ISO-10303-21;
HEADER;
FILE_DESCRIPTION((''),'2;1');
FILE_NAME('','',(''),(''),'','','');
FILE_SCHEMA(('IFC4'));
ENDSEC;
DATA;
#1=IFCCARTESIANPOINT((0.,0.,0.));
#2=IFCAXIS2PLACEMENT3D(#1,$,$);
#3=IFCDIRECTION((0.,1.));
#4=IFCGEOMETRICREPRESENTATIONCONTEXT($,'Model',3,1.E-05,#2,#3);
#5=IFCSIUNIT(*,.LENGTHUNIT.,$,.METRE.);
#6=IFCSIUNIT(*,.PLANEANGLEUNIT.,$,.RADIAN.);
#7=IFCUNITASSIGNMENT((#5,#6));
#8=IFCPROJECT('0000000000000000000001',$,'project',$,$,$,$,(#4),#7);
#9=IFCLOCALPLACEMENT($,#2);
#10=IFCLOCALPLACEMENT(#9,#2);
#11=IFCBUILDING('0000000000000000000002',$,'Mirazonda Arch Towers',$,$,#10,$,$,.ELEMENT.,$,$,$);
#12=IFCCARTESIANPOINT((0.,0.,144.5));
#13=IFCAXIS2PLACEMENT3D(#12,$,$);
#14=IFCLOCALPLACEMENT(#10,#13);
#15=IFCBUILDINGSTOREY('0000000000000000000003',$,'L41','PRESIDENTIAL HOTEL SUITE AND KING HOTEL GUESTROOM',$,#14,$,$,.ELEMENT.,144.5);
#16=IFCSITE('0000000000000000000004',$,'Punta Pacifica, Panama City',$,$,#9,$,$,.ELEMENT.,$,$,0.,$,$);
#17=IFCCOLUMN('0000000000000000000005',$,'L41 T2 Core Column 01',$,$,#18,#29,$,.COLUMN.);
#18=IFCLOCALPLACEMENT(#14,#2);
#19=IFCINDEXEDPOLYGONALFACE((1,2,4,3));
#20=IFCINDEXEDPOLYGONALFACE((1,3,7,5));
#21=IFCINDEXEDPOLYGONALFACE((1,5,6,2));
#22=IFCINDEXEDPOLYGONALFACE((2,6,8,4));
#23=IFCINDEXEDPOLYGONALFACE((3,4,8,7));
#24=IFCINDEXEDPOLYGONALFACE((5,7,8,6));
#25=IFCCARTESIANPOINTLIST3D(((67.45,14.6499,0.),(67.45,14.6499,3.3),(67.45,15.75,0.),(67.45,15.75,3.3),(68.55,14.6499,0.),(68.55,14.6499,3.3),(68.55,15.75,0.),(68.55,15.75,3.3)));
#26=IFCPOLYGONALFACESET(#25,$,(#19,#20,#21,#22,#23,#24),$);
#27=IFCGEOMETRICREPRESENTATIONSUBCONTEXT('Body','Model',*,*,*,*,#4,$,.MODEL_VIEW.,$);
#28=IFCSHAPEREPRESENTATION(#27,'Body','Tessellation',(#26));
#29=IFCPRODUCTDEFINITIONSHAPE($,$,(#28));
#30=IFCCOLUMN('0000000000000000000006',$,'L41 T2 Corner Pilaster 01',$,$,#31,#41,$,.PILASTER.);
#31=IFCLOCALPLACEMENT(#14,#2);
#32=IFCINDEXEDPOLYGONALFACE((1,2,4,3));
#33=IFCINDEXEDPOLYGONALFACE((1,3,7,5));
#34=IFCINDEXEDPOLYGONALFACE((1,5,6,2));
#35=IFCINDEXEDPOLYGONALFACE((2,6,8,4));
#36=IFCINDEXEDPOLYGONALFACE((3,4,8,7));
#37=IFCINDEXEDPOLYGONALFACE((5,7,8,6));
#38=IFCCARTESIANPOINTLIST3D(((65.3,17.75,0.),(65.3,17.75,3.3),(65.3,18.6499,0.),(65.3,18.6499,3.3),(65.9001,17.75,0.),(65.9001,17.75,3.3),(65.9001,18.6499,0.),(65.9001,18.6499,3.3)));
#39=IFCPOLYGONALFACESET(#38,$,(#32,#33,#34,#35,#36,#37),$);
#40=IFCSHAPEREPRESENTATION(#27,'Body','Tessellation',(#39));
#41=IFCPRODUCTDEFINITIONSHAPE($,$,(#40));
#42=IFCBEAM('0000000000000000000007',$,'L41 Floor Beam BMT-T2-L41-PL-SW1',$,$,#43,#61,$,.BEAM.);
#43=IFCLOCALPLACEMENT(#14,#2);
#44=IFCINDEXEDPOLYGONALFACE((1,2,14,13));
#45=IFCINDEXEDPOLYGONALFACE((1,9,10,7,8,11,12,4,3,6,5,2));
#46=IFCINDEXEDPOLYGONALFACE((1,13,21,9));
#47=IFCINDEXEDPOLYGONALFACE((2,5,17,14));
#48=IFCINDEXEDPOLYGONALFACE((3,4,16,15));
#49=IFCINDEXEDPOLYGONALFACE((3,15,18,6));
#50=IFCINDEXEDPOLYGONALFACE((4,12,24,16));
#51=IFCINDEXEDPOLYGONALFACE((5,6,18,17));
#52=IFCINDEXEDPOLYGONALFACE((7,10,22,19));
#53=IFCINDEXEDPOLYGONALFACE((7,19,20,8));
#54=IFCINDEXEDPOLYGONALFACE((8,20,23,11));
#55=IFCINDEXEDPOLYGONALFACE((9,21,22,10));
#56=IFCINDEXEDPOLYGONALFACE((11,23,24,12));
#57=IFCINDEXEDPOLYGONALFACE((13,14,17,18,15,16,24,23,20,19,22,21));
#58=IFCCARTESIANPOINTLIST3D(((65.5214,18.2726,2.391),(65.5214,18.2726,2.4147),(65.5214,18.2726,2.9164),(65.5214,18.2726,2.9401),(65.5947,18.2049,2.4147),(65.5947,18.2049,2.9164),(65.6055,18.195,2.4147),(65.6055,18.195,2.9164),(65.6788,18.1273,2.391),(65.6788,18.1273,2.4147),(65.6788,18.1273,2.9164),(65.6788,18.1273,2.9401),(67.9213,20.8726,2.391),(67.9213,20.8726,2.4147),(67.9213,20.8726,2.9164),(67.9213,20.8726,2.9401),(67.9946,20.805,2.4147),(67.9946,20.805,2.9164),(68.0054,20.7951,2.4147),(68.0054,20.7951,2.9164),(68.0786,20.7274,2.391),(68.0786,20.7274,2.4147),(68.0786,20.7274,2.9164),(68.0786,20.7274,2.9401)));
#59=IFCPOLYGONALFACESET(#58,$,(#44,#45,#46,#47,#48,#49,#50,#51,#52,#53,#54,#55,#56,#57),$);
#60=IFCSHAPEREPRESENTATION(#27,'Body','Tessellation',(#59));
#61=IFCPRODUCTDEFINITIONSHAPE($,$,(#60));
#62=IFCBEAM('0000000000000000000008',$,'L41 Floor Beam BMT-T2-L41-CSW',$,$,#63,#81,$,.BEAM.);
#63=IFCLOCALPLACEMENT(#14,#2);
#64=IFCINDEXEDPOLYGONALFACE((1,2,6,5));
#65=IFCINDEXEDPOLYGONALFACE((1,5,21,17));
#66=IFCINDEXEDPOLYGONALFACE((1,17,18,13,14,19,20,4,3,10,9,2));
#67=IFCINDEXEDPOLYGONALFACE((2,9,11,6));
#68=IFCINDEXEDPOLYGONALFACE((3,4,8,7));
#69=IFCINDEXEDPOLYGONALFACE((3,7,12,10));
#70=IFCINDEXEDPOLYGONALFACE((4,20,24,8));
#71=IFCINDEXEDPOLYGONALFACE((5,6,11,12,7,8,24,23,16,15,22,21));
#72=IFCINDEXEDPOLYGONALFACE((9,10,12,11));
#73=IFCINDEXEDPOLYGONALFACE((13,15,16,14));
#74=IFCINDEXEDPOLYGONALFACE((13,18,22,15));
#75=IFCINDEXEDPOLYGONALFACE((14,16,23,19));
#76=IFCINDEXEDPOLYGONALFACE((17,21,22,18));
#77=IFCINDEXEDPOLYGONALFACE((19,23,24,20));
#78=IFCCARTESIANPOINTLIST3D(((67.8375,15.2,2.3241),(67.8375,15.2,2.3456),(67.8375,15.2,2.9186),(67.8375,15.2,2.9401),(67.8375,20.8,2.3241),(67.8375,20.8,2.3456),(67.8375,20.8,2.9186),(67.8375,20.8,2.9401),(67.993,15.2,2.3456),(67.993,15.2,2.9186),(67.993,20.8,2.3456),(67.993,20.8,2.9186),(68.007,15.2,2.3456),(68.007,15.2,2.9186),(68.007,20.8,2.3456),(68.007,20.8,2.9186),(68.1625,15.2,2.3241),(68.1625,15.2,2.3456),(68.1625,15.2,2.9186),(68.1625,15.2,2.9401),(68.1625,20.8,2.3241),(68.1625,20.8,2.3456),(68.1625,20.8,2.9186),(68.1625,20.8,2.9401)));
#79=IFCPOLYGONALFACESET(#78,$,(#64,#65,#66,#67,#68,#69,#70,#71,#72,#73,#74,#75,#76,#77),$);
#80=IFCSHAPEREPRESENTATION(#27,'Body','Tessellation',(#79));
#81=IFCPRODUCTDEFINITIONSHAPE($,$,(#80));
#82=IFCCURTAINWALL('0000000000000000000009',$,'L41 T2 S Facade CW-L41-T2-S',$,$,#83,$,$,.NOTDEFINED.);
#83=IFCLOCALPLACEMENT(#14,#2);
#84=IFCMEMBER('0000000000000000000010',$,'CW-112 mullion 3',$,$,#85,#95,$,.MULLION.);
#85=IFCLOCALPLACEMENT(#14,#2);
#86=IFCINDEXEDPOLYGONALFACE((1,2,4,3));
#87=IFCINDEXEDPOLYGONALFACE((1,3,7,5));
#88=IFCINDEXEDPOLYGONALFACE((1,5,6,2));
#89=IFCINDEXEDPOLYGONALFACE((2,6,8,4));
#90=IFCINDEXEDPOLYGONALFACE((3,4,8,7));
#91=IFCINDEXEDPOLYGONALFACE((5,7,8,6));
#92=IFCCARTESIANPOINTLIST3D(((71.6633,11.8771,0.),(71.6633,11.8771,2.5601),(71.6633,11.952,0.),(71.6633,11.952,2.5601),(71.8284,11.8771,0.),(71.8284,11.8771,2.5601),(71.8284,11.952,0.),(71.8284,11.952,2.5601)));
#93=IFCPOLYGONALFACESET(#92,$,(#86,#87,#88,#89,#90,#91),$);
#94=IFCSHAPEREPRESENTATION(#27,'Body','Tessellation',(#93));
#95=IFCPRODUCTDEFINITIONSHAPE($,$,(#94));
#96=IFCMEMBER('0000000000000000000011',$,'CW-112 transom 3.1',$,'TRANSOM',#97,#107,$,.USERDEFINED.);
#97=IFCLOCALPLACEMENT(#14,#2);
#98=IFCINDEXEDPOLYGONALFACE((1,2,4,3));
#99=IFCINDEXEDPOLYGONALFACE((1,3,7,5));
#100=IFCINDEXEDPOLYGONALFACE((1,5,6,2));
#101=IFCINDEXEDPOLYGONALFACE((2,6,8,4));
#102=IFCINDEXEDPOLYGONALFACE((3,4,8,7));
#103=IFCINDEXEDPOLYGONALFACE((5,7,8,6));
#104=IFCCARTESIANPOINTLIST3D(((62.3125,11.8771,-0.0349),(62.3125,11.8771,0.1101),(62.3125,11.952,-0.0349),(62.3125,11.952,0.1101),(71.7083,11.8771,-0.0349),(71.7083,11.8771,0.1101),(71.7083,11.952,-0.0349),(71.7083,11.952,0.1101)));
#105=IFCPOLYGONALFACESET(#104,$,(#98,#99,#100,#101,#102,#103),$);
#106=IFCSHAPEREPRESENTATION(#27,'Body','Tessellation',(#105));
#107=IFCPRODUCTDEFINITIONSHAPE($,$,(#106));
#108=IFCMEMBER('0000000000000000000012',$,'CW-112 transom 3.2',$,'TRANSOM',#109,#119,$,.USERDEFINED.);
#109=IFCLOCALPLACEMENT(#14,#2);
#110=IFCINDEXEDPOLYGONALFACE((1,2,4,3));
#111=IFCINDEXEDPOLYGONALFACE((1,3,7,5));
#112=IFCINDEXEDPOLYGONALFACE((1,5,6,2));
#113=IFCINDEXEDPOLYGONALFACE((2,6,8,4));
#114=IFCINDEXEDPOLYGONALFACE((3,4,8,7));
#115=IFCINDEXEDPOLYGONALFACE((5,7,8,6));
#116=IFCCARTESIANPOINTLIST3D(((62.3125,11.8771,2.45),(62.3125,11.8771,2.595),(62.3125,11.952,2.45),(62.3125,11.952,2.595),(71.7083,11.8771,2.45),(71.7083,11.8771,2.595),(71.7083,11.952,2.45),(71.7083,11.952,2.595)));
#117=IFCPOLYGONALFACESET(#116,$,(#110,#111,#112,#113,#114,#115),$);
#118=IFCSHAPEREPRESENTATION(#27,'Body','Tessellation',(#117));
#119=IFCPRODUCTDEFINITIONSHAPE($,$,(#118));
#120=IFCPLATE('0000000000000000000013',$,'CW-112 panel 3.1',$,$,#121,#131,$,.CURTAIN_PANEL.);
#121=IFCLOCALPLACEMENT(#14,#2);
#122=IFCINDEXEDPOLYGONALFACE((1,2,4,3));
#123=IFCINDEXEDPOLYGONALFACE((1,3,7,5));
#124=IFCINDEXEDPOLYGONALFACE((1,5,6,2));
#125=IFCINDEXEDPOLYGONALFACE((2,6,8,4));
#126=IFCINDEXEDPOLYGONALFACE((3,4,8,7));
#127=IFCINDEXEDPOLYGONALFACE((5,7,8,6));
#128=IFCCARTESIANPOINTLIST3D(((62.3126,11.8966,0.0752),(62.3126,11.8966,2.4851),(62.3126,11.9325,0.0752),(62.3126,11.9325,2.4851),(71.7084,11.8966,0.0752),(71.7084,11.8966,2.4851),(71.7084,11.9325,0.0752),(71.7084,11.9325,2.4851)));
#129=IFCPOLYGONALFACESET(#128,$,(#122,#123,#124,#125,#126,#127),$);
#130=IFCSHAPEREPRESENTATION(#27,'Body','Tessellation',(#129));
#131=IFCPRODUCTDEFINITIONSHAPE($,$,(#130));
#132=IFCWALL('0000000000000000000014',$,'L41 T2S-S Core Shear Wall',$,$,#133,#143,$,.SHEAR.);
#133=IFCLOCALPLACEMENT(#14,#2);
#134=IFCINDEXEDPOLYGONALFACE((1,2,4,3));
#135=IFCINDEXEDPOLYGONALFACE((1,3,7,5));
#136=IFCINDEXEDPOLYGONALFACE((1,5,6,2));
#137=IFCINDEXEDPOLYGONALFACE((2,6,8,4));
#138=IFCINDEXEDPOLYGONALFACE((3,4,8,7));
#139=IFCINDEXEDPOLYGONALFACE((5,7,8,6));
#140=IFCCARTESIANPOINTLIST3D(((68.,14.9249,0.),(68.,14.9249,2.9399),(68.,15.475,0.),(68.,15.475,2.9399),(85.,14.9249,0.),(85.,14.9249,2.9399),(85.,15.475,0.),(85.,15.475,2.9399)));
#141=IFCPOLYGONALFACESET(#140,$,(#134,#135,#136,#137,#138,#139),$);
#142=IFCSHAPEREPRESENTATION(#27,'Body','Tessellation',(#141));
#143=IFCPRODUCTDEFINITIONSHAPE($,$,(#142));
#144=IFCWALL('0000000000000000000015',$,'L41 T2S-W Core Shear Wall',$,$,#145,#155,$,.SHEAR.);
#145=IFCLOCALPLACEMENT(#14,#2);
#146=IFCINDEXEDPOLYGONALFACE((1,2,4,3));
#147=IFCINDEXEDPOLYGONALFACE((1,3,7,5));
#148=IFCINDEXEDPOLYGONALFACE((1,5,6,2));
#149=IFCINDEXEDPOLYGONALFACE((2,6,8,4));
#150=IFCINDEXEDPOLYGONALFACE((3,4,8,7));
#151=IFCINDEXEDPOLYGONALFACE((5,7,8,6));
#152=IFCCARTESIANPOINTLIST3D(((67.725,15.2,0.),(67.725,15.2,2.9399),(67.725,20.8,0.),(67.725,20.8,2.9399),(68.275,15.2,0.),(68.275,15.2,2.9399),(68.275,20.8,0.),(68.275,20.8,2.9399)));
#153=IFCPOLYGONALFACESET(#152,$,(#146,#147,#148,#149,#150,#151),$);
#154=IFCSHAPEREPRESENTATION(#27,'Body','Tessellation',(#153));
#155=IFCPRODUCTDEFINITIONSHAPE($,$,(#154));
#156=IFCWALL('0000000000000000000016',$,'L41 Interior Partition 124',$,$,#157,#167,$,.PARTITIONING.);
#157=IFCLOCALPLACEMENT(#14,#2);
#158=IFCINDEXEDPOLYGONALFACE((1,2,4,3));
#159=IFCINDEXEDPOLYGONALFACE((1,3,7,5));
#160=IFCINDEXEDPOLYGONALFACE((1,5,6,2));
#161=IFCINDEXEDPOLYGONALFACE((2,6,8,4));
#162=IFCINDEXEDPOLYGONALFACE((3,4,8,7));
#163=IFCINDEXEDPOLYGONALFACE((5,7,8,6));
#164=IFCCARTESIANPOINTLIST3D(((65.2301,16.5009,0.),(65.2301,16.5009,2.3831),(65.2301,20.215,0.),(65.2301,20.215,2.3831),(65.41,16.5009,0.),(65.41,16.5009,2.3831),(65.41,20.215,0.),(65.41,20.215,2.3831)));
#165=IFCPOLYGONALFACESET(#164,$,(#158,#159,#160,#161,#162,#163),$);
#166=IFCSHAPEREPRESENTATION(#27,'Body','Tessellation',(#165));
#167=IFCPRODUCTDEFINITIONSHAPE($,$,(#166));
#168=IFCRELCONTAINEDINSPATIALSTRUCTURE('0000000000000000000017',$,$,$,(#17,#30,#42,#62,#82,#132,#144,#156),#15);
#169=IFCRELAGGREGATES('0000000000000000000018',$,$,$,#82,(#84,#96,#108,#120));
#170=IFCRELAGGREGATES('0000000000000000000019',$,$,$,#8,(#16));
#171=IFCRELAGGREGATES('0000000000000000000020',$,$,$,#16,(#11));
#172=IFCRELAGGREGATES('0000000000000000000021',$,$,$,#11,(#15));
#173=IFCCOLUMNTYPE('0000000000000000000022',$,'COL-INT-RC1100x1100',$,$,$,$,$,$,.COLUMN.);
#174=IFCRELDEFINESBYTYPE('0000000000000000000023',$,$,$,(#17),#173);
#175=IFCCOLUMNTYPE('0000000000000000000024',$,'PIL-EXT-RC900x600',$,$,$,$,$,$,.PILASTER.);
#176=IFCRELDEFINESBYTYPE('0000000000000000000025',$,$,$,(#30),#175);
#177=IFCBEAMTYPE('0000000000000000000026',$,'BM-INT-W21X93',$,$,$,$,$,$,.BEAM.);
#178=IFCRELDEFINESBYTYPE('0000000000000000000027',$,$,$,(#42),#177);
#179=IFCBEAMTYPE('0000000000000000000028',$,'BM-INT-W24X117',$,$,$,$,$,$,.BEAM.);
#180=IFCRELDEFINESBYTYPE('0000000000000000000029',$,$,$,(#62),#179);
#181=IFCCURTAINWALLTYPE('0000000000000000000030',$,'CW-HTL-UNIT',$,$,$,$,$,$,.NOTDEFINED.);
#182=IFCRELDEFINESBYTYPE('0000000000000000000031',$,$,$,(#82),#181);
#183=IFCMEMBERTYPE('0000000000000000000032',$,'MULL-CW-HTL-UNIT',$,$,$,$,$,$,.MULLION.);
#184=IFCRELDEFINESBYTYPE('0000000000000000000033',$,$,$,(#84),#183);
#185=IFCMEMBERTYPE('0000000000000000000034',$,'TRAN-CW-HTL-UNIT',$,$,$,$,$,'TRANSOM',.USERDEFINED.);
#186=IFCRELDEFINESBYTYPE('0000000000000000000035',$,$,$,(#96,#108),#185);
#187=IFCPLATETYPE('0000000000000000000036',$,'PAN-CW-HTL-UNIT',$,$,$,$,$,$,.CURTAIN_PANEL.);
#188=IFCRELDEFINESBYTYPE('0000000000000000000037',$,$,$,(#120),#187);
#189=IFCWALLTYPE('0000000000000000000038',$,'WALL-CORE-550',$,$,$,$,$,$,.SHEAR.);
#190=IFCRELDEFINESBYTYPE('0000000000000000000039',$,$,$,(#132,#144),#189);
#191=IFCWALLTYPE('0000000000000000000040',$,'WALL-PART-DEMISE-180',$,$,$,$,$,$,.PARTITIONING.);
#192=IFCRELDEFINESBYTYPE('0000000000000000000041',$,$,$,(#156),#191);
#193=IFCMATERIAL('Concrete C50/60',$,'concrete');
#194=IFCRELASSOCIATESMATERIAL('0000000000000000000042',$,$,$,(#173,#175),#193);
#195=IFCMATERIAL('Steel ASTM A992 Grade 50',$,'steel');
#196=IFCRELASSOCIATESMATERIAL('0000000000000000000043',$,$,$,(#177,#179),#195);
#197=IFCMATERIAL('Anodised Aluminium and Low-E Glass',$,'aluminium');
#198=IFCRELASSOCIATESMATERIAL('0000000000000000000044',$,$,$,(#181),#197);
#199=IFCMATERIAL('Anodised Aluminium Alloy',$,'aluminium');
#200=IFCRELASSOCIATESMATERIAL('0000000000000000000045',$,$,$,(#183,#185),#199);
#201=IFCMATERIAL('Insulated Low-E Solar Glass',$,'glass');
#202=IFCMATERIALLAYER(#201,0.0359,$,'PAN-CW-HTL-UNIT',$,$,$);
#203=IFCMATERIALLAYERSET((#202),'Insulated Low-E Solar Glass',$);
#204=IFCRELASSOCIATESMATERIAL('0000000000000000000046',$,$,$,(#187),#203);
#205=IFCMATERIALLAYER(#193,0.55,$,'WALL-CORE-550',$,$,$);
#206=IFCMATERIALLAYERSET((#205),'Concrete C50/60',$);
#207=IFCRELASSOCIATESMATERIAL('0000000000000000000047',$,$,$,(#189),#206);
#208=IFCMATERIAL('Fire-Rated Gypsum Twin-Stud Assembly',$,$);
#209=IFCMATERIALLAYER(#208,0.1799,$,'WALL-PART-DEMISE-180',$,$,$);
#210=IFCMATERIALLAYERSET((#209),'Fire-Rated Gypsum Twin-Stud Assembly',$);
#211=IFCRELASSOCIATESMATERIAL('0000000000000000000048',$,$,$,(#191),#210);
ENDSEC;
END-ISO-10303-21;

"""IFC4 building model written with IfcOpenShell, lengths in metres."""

from ifc_helpers import new_model, si_unit, direction, frame, frame_2d, origin, origin_2d, place, context, subcontext, project, spatial, rectangle, i_section, extrude, material, layer, layer_set, material_profile, profile_set, type_object, element, aggregate, save


model = new_model("IFC4")

# Units and contexts
model_context = context("Model", 3, precision=1e-05, world=origin(), true_north=direction((0.0, 1.0)))
body_context = subcontext(model_context, "Body", "Model", "MODEL_VIEW")
ifc_project = project(units=[si_unit("LENGTHUNIT", "METRE"), si_unit("PLANEANGLEUNIT", "RADIAN")], contexts=[model_context])

# Site, building, storey
site_placement = place(None, origin())
site = spatial("IfcSite", under=ifc_project, at=site_placement, Name="Punta Pacifica, Panama City", CompositionType="ELEMENT", RefElevation=0.0)
building_placement = place(site_placement, origin())
building = spatial("IfcBuilding", under=site, at=building_placement, Name="Mirazonda Arch Towers", CompositionType="ELEMENT")
storey_placement = place(building_placement, frame((0.0, 0.0, 144.5)))
storey = spatial("IfcBuildingStorey", under=building, at=storey_placement, Name="L41", Description="PRESIDENTIAL HOTEL SUITE AND KING HOTEL GUESTROOM", CompositionType="ELEMENT", Elevation=144.5)

# Columns
ifc_material_1 = material(Name="Concrete C50/60", Category="concrete")
ifc_material_profile_1 = material_profile(ifc_material_1, rectangle(XDim=1.1001, YDim=1.1001, at=origin_2d()), Name="RC1100x1100")
ifc_profile_set_1 = profile_set([ifc_material_profile_1], Name="Concrete C50/60")
column_type_1 = type_object("IfcColumnType", Name="COL-INT-RC1100x1100", PredefinedType="COLUMN", material=ifc_profile_set_1)
column_1_placement = place(storey_placement, frame((68.0, 15.2, 0.0), z_axis=(0.0, 0.0, 1.0), x_axis=(1.0, 0.0, 0.0)))
element("IfcColumn", 1, at=column_1_placement, inside=storey, type_object=column_type_1, Name="L41 T2 Core Column 01", PredefinedType="COLUMN", context=body_context, shape_type="SweptSolid", body=[
    extrude(rectangle(XDim=1.1001, YDim=1.1001, at=origin_2d()), origin(), (0.0, 0.0, 1.0), 3.3),
])
ifc_material_profile_2 = material_profile(ifc_material_1, rectangle(XDim=0.6001, YDim=0.8999, at=origin_2d()), Name="RC900x600")
ifc_profile_set_2 = profile_set([ifc_material_profile_2], Name="Concrete C50/60")
column_type_2 = type_object("IfcColumnType", Name="PIL-EXT-RC900x600", PredefinedType="PILASTER", material=ifc_profile_set_2)
column_2_placement = place(storey_placement, frame((65.6001, 18.2, 0.0), z_axis=(0.0, 0.0, 1.0), x_axis=(1.0, 0.0, 0.0)))
element("IfcColumn", 2, at=column_2_placement, inside=storey, type_object=column_type_2, Name="L41 T2 Corner Pilaster 01", PredefinedType="PILASTER", context=body_context, shape_type="SweptSolid", body=[
    extrude(rectangle(XDim=0.6001, YDim=0.8999, at=origin_2d()), origin(), (0.0, 0.0, 1.0), 3.3),
])

# Beams
ifc_material_2 = material(Name="Steel ASTM A992 Grade 50", Category="steel")
ifc_material_profile_3 = material_profile(ifc_material_2, i_section(OverallWidth=0.2141, OverallDepth=0.5491, WebThickness=0.0146, FlangeThickness=0.0237, at=origin_2d()), Name="W21X93")
ifc_profile_set_3 = profile_set([ifc_material_profile_3], Name="Steel ASTM A992 Grade 50")
beam_type_1 = type_object("IfcBeamType", Name="BM-INT-W21X93", PredefinedType="BEAM", material=ifc_profile_set_3)
beam_1_placement = place(storey_placement, frame((65.6001, 18.2, 2.6655), z_axis=(0.678251, 0.73483, 0.0), x_axis=(-0.73483, 0.678251, 0.0)))
element("IfcBeam", 3, at=beam_1_placement, inside=storey, type_object=beam_type_1, Name="L41 Floor Beam BMT-T2-L41-PL-SW1", PredefinedType="BEAM", context=body_context, shape_type="SweptSolid", body=[
    extrude(i_section(OverallWidth=0.2141, OverallDepth=0.5491, WebThickness=0.0146, FlangeThickness=0.0237, at=origin_2d()), origin(), (0.0, 0.0, 1.0), 3.5383),
])
ifc_material_profile_4 = material_profile(ifc_material_2, i_section(OverallWidth=0.325, OverallDepth=0.616, WebThickness=0.0139, FlangeThickness=0.0215, at=origin_2d()), Name="W24X117")
ifc_profile_set_4 = profile_set([ifc_material_profile_4], Name="Steel ASTM A992 Grade 50")
beam_type_2 = type_object("IfcBeamType", Name="BM-INT-W24X117", PredefinedType="BEAM", material=ifc_profile_set_4)
beam_2_placement = place(storey_placement, frame((68.0, 15.2, 2.6321), z_axis=(0.0, 1.0, 0.0), x_axis=(-1.0, 0.0, 0.0)))
element("IfcBeam", 4, at=beam_2_placement, inside=storey, type_object=beam_type_2, Name="L41 Floor Beam BMT-T2-L41-CSW", PredefinedType="BEAM", context=body_context, shape_type="SweptSolid", body=[
    extrude(i_section(OverallWidth=0.325, OverallDepth=0.616, WebThickness=0.0139, FlangeThickness=0.0215, at=origin_2d()), origin(), (0.0, 0.0, 1.0), 5.6001),
])

# Curtain wall, members, plate
ifc_material_3 = material(Name="Anodised Aluminium and Low-E Glass", Category="aluminium")
curtain_wall_type = type_object("IfcCurtainWallType", Name="CW-HTL-UNIT", PredefinedType="NOTDEFINED", material=ifc_material_3)
curtain_wall_placement = place(storey_placement, origin())
curtain_wall = element("IfcCurtainWall", 5, at=curtain_wall_placement, inside=storey, type_object=curtain_wall_type, Name="L41 T2 S Facade CW-L41-T2-S", PredefinedType="NOTDEFINED")
ifc_material_4 = material(Name="Anodised Aluminium Alloy", Category="aluminium")
ifc_material_profile_5 = material_profile(ifc_material_4, rectangle(XDim=0.075, YDim=0.165, at=origin_2d()), Name="ALU-MULL-75x165")
ifc_profile_set_5 = profile_set([ifc_material_profile_5], Name="Anodised Aluminium Alloy")
member_type_1 = type_object("IfcMemberType", Name="MULL-CW-HTL-UNIT", PredefinedType="MULLION", material=ifc_profile_set_5)
member_1_placement = place(storey_placement, frame((71.7458, 11.9146, 0.0), z_axis=(0.0, 0.0, 1.0), x_axis=(0.0, -1.0, 0.0)))
member_1 = element("IfcMember", 6, at=member_1_placement, type_object=member_type_1, Name="CW-112 mullion 3", PredefinedType="MULLION", context=body_context, shape_type="SweptSolid", body=[
    extrude(rectangle(XDim=0.075, YDim=0.165, at=origin_2d()), origin(), (0.0, 0.0, 1.0), 2.5601),
])
ifc_material_profile_6 = material_profile(ifc_material_4, rectangle(XDim=0.075, YDim=0.145, at=origin_2d()), Name="ALU-TRAN-75x145")
ifc_profile_set_6 = profile_set([ifc_material_profile_6], Name="Anodised Aluminium Alloy")
member_type_2 = type_object("IfcMemberType", Name="TRAN-CW-HTL-UNIT", ElementType="TRANSOM", PredefinedType="USERDEFINED", material=ifc_profile_set_6)
member_2_placement = place(storey_placement, frame((71.7083, 11.9146, 0.0376), z_axis=(-1.0, 0.0, 0.0), x_axis=(0.0, -1.0, 0.0)))
member_2 = element("IfcMember", 7, at=member_2_placement, type_object=member_type_2, Name="CW-112 transom 3.1", ObjectType="TRANSOM", PredefinedType="USERDEFINED", context=body_context, shape_type="SweptSolid", body=[
    extrude(rectangle(XDim=0.075, YDim=0.145, at=origin_2d()), origin(), (0.0, 0.0, 1.0), 9.3958),
])
member_3_placement = place(storey_placement, frame((71.7083, 11.9146, 2.5225), z_axis=(-1.0, 0.0, 0.0), x_axis=(0.0, -1.0, 0.0)))
member_3 = element("IfcMember", 8, at=member_3_placement, type_object=member_type_2, Name="CW-112 transom 3.2", ObjectType="TRANSOM", PredefinedType="USERDEFINED", context=body_context, shape_type="SweptSolid", body=[
    extrude(rectangle(XDim=0.075, YDim=0.145, at=origin_2d()), origin(), (0.0, 0.0, 1.0), 9.3958),
])
ifc_material_5 = material(Name="Insulated Low-E Solar Glass", Category="glass")
ifc_layer_1 = layer(ifc_material_5, 0.0359, Name="PAN-CW-HTL-UNIT")
ifc_layer_set_1 = layer_set([ifc_layer_1], Name="Insulated Low-E Solar Glass")
plate_type = type_object("IfcPlateType", Name="PAN-CW-HTL-UNIT", PredefinedType="CURTAIN_PANEL", material=ifc_layer_set_1)
plate_placement = place(storey_placement, frame((67.0105, 11.9146, 0.0752), z_axis=(0.0, 0.0, 1.0), x_axis=(-1.0, 0.0, 0.0)))
plate = element("IfcPlate", 9, at=plate_placement, type_object=plate_type, Name="CW-112 panel 3.1", PredefinedType="CURTAIN_PANEL", context=body_context, shape_type="SweptSolid", body=[
    extrude(rectangle(XDim=9.3958, YDim=0.0359, at=origin_2d()), origin(), (0.0, 0.0, 1.0), 2.4099),
])
aggregate(curtain_wall, [member_1, member_2, member_3, plate])

# Walls
ifc_layer_2 = layer(ifc_material_1, 0.55, Name="WALL-CORE-550")
ifc_layer_set_2 = layer_set([ifc_layer_2], Name="Concrete C50/60")
wall_type_1 = type_object("IfcWallType", Name="WALL-CORE-550", PredefinedType="SHEAR", material=ifc_layer_set_2)
wall_1_placement = place(storey_placement, frame((68.0, 15.2, 0.0), z_axis=(0.0, 0.0, 1.0), x_axis=(1.0, 0.0, 0.0)))
element("IfcWall", 10, at=wall_1_placement, inside=storey, type_object=wall_type_1, Name="L41 T2S-S Core Shear Wall", PredefinedType="SHEAR", context=body_context, shape_type="SweptSolid", body=[
    extrude(rectangle(XDim=17.0, YDim=0.55, at=frame_2d((8.5, 0.0))), origin(), (0.0, 0.0, 1.0), 2.9399),
])
wall_2_placement = place(storey_placement, frame((68.0, 15.2, 0.0), z_axis=(0.0, 0.0, 1.0), x_axis=(0.0, 1.0, 0.0)))
element("IfcWall", 11, at=wall_2_placement, inside=storey, type_object=wall_type_1, Name="L41 T2S-W Core Shear Wall", PredefinedType="SHEAR", context=body_context, shape_type="SweptSolid", body=[
    extrude(rectangle(XDim=5.6001, YDim=0.55, at=frame_2d((2.8, 0.0))), origin(), (0.0, 0.0, 1.0), 2.9399),
])
ifc_material_6 = material(Name="Fire-Rated Gypsum Twin-Stud Assembly")
ifc_layer_3 = layer(ifc_material_6, 0.1799, Name="WALL-PART-DEMISE-180")
ifc_layer_set_3 = layer_set([ifc_layer_3], Name="Fire-Rated Gypsum Twin-Stud Assembly")
wall_type_2 = type_object("IfcWallType", Name="WALL-PART-DEMISE-180", PredefinedType="PARTITIONING", material=ifc_layer_set_3)
wall_3_placement = place(storey_placement, frame((65.3201, 16.501, 0.0), z_axis=(0.0, 0.0, 1.0), x_axis=(0.0, 1.0, 0.0)))
element("IfcWall", 12, at=wall_3_placement, inside=storey, type_object=wall_type_2, Name="L41 Interior Partition 124", PredefinedType="PARTITIONING", context=body_context, shape_type="SweptSolid", body=[
    extrude(rectangle(XDim=3.7141, YDim=0.1799, at=frame_2d((1.8569, 0.0))), origin(), (0.0, 0.0, 1.0), 2.3831),
])

save(model, "model.ifc")
